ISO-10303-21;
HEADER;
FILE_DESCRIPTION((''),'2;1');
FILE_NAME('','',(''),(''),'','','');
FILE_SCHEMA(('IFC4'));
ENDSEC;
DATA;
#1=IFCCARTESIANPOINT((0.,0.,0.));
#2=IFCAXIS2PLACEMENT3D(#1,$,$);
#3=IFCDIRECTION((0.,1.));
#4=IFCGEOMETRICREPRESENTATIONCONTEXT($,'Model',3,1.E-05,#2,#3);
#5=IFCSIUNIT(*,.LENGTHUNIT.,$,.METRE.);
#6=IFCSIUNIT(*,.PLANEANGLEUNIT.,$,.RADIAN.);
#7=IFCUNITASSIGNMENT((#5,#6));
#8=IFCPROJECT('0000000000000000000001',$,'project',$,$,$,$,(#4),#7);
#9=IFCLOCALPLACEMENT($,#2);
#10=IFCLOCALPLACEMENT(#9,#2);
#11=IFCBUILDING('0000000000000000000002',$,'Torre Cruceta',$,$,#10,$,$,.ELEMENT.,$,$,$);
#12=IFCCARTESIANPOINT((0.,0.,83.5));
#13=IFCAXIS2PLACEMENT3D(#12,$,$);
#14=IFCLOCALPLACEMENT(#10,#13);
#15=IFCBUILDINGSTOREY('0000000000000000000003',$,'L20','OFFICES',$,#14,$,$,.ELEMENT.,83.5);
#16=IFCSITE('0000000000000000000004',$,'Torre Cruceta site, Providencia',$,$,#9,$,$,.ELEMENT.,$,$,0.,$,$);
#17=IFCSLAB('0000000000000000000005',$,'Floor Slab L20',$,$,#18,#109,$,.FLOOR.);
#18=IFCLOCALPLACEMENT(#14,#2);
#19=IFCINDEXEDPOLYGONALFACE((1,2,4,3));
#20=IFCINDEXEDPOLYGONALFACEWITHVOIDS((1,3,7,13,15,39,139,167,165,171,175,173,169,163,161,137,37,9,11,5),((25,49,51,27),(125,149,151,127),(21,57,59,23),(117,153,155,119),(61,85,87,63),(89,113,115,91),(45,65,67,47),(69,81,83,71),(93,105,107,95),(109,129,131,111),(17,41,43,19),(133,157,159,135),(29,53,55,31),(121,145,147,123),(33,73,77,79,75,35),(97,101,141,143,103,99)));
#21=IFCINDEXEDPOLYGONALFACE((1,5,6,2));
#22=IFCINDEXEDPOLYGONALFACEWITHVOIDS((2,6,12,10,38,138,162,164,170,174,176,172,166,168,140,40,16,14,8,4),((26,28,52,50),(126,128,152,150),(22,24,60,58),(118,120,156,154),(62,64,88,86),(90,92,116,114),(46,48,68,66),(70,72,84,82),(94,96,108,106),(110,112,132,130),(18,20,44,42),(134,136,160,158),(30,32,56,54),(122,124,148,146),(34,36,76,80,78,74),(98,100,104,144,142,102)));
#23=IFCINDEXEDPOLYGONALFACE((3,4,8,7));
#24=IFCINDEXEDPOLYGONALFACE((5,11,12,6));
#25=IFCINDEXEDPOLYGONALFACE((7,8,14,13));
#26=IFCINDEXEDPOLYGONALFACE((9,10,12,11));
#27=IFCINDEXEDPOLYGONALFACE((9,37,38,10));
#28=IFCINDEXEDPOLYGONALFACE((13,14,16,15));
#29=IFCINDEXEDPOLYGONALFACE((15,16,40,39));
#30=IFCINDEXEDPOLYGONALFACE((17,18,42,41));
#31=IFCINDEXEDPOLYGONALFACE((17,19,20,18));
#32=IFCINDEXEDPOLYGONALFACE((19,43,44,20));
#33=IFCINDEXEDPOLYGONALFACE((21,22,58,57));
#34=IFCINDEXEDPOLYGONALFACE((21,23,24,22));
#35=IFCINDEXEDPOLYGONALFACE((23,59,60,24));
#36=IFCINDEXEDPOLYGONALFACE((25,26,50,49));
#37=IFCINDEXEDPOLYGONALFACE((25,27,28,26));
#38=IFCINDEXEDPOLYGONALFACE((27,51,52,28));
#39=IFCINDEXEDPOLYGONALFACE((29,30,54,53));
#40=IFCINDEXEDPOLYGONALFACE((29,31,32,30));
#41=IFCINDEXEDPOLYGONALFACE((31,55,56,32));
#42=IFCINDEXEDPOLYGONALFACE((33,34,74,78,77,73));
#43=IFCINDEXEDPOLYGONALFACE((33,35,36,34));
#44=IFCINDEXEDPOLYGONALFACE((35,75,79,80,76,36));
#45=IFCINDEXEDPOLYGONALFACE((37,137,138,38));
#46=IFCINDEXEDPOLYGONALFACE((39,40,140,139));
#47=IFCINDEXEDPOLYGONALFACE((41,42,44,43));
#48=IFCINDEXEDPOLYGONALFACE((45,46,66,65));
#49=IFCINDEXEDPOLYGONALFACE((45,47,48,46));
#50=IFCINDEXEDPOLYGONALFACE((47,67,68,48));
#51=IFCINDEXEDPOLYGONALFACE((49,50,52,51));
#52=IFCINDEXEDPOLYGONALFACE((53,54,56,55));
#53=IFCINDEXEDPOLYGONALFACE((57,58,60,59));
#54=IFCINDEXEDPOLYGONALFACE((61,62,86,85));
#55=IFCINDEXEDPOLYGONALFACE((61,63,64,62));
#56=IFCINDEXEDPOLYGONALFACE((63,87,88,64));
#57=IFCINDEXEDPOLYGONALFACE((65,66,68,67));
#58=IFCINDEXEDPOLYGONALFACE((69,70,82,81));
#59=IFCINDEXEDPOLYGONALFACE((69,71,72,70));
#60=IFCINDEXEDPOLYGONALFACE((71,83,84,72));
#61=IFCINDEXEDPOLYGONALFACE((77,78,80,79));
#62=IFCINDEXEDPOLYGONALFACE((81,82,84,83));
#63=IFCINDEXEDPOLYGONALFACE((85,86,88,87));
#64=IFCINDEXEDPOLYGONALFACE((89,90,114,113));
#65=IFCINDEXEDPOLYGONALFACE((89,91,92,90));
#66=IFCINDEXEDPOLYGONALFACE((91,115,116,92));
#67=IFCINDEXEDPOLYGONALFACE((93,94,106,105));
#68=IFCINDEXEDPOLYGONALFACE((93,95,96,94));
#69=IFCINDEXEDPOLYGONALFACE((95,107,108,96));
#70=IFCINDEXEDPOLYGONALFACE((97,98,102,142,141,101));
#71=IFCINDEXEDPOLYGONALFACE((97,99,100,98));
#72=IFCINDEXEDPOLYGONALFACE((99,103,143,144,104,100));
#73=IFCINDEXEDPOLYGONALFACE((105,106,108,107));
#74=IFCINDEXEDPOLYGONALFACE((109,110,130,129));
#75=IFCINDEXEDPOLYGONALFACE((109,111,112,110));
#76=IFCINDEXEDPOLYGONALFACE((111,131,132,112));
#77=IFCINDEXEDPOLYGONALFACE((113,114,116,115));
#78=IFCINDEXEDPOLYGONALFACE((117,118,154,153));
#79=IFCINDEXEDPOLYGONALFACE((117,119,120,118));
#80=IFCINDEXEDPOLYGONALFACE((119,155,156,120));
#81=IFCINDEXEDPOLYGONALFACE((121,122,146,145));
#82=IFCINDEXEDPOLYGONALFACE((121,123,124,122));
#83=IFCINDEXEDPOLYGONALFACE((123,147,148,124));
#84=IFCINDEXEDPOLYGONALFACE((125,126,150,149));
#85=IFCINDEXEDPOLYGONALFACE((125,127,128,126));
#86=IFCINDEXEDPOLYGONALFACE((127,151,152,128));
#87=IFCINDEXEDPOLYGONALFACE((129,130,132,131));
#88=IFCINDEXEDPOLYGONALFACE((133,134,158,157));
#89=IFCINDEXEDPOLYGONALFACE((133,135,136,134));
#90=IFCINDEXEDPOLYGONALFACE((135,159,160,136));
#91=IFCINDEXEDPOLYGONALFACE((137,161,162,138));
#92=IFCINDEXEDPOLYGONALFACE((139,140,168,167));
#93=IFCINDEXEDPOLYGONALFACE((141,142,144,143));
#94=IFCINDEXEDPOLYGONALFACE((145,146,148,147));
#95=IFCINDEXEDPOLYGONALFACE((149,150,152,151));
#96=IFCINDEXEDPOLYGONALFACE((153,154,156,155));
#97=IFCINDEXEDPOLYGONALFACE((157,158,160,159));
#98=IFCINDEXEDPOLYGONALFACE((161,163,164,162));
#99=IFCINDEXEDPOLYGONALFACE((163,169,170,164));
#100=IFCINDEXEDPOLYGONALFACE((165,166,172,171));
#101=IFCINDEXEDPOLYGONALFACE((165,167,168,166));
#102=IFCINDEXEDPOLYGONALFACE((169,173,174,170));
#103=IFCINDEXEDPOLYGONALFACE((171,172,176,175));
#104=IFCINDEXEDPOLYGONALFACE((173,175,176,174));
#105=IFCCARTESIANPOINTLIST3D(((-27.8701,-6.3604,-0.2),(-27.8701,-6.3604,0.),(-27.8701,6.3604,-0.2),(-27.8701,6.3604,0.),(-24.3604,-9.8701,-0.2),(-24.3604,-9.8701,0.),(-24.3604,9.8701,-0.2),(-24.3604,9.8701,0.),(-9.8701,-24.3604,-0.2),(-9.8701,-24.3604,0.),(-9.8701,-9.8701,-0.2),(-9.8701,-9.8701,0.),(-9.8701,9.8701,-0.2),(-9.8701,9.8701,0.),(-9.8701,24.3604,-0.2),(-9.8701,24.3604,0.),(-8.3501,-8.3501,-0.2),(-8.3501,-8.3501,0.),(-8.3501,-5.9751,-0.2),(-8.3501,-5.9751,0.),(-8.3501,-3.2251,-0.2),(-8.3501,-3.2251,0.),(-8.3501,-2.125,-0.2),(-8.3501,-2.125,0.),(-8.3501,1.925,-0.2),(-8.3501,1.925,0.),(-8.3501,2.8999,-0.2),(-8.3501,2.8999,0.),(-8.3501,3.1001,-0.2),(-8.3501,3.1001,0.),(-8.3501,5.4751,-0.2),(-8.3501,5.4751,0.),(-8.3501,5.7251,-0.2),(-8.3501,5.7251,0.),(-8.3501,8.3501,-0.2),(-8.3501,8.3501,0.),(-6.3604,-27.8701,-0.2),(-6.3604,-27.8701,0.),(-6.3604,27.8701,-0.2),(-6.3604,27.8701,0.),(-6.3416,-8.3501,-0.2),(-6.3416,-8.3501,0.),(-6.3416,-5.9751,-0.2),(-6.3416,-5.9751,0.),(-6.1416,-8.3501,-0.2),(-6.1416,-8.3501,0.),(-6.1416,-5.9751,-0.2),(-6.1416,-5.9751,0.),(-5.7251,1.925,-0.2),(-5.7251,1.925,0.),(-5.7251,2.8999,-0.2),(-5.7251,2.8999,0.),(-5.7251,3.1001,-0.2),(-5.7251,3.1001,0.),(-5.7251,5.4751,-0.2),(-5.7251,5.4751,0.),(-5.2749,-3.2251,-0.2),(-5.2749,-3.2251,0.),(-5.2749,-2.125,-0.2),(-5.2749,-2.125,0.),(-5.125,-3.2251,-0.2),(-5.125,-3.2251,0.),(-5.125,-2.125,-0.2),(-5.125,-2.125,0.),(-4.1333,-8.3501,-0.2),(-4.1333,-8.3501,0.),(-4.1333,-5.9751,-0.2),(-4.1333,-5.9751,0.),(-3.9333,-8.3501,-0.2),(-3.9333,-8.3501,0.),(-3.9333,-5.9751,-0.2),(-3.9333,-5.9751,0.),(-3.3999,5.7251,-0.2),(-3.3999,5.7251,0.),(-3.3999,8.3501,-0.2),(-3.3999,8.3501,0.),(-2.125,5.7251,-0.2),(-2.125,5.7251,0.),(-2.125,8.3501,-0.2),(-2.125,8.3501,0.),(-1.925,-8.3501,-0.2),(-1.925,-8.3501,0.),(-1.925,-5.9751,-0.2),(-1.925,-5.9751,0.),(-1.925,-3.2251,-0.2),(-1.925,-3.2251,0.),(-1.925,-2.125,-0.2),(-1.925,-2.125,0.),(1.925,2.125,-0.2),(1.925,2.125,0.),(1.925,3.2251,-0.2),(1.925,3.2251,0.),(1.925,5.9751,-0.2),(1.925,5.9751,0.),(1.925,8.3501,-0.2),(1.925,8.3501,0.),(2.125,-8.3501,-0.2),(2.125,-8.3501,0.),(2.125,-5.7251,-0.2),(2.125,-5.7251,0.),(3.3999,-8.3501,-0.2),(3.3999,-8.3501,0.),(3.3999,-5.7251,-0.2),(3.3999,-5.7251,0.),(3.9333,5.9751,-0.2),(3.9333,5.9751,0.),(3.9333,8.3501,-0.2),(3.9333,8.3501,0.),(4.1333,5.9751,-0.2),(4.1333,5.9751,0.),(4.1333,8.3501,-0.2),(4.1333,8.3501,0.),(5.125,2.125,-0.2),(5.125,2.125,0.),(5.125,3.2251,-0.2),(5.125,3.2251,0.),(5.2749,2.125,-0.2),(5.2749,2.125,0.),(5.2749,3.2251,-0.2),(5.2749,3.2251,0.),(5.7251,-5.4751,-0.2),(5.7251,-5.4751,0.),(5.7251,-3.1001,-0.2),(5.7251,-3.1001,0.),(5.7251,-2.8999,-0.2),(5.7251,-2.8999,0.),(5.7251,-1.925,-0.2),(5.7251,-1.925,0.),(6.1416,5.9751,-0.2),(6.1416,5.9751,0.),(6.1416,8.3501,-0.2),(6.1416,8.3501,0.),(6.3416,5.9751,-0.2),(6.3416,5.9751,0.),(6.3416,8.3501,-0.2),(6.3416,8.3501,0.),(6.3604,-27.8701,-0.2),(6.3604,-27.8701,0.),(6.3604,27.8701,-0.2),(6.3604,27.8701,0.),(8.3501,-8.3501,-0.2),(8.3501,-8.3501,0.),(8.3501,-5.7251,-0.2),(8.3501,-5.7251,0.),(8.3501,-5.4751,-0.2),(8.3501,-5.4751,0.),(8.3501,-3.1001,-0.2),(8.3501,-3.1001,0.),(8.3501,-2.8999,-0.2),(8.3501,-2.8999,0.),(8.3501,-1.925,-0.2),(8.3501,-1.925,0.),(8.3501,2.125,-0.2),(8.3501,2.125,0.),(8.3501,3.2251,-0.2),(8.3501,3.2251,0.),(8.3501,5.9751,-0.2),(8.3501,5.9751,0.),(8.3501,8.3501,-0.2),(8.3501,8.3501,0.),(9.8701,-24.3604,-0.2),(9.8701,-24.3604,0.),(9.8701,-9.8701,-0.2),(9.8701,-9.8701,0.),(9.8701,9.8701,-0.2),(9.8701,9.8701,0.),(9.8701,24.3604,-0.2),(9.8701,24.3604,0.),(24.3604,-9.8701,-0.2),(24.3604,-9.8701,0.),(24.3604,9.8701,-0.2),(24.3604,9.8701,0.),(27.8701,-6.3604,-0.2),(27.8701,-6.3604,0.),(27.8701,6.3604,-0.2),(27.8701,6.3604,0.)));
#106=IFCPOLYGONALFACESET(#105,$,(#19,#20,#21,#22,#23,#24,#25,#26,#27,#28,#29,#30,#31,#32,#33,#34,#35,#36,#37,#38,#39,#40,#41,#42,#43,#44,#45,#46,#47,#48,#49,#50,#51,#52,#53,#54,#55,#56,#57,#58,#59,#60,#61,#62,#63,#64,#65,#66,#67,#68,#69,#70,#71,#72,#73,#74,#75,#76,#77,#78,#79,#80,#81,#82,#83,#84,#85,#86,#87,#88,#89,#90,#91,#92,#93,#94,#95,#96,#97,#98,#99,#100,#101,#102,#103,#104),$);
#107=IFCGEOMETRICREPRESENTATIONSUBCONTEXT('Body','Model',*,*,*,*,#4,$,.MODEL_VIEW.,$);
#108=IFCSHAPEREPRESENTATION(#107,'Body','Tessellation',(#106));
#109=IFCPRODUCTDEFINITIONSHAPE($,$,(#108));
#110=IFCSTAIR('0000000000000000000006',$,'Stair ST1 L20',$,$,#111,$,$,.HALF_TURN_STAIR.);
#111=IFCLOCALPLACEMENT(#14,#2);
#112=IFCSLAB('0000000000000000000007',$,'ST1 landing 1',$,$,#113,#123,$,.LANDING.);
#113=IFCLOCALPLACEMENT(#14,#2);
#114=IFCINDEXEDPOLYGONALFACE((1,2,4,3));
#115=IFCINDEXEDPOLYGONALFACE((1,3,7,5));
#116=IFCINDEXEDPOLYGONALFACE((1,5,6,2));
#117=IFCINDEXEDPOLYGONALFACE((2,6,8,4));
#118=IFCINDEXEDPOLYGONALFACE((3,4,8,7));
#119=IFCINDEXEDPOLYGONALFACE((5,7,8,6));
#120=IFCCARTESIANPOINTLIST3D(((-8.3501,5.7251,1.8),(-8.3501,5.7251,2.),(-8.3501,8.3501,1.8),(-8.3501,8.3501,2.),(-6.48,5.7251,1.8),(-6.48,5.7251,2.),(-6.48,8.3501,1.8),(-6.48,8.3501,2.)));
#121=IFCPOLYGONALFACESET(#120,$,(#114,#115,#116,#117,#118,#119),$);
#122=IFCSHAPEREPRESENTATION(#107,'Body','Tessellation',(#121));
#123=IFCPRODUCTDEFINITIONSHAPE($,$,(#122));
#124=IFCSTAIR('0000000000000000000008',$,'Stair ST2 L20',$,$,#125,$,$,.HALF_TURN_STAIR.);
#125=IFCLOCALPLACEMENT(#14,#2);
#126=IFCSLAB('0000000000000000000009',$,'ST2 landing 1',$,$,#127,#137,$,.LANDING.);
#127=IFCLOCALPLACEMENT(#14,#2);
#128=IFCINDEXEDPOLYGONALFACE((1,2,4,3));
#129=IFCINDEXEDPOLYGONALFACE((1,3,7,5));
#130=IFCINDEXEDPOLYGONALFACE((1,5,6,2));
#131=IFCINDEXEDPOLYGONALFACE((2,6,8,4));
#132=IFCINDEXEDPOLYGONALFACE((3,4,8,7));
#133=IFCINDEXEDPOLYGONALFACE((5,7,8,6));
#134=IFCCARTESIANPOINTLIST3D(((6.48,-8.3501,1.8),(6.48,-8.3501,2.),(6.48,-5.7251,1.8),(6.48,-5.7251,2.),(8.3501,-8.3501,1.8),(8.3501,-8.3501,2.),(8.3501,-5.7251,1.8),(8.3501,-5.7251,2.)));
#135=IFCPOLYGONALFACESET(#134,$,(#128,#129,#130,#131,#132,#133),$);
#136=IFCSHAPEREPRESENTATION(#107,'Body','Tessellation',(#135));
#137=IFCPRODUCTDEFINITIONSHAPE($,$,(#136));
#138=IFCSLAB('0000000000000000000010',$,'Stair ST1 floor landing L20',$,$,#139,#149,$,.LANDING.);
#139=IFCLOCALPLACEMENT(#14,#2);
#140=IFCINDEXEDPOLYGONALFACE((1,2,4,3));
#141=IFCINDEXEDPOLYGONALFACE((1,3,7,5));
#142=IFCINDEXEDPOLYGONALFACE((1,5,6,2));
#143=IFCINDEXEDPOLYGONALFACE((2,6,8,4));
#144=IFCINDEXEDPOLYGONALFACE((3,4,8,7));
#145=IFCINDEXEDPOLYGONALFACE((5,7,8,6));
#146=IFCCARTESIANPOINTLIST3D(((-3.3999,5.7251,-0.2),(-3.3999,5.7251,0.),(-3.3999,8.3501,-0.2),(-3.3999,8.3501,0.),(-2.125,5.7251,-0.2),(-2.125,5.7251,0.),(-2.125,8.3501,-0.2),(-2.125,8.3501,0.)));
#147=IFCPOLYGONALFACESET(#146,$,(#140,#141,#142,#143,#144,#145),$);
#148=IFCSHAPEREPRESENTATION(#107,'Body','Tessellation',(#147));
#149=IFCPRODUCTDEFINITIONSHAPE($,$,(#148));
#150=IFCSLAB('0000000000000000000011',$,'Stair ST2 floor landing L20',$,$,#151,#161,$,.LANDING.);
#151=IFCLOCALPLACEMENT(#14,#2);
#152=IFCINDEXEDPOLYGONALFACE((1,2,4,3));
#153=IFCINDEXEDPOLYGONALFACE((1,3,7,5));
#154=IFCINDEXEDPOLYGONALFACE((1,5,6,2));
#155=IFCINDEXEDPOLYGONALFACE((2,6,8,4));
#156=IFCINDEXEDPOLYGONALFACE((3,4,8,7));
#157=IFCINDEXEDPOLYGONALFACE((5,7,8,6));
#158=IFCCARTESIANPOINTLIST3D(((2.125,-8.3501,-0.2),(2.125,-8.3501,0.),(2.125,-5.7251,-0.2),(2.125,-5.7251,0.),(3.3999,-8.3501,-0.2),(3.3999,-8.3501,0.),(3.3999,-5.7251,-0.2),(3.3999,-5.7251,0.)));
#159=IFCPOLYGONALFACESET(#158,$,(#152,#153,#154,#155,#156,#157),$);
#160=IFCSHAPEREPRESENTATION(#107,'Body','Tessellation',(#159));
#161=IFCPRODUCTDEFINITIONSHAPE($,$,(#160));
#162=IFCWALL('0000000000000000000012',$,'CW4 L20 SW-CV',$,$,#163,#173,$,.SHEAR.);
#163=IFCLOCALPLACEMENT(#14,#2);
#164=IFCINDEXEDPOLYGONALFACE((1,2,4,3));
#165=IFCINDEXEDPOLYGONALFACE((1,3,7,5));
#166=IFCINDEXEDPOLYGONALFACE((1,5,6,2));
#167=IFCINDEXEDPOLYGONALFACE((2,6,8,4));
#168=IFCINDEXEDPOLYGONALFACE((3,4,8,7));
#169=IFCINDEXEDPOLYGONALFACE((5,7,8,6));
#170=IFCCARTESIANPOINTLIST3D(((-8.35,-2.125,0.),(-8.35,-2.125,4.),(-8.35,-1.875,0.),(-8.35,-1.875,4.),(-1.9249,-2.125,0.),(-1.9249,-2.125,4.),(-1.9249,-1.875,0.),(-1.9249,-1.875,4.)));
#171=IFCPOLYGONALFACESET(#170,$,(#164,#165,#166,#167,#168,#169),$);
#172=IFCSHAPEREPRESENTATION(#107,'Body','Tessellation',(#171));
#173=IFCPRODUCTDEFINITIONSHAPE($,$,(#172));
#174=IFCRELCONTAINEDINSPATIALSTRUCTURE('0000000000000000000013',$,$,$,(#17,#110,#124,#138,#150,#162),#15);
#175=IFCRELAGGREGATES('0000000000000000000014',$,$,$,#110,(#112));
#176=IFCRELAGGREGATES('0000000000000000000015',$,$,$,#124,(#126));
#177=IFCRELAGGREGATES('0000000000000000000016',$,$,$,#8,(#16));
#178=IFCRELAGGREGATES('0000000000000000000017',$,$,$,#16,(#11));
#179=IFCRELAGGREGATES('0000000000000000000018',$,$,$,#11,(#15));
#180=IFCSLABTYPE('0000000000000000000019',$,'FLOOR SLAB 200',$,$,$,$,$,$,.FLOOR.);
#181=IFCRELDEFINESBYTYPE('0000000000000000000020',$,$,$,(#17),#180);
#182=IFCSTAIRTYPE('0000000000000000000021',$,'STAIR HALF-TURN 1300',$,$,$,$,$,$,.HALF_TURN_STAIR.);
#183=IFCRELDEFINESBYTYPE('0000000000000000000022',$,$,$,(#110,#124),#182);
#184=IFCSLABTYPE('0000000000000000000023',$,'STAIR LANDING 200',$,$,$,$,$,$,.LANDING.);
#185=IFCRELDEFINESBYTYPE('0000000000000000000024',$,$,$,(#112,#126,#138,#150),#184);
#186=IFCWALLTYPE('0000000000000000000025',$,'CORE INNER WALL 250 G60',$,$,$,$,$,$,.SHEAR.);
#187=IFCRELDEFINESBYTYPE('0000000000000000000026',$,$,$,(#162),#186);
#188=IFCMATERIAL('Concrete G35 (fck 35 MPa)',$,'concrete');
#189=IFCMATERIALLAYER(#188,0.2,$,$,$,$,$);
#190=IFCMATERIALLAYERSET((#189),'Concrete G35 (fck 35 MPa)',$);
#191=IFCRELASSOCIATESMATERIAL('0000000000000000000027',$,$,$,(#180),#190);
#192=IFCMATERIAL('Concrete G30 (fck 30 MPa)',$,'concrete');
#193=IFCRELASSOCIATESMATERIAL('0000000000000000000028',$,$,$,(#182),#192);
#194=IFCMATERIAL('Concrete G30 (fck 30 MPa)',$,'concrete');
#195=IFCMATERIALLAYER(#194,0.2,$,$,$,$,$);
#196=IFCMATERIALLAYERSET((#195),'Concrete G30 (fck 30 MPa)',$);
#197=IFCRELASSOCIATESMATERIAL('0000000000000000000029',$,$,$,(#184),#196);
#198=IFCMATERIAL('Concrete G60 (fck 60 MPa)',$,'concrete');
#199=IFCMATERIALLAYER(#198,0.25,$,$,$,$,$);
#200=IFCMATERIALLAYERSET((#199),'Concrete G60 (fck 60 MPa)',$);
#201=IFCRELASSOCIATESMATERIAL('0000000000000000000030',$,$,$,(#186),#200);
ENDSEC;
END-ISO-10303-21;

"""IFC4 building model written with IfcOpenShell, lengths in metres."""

from ifc_helpers import new_model, si_unit, direction, frame, frame_2d, origin, place, context, subcontext, project, spatial, polyline, rectangle, outline, extrude, material, layer, layer_set, type_object, element, aggregate, save


model = new_model("IFC4")

# Units and contexts
model_context = context("Model", 3, precision=1e-05, world=origin(), true_north=direction((0.0, 1.0)))
body_context = subcontext(model_context, "Body", "Model", "MODEL_VIEW")
ifc_project = project(units=[si_unit("LENGTHUNIT", "METRE"), si_unit("PLANEANGLEUNIT", "RADIAN")], contexts=[model_context])

# Site, building, storey
site_placement = place(None, origin())
site = spatial("IfcSite", under=ifc_project, at=site_placement, Name="Torre Cruceta site, Providencia", CompositionType="ELEMENT", RefElevation=0.0)
building_placement = place(site_placement, origin())
building = spatial("IfcBuilding", under=site, at=building_placement, Name="Torre Cruceta", CompositionType="ELEMENT")
storey_placement = place(building_placement, frame((0.0, 0.0, 83.5)))
storey = spatial("IfcBuildingStorey", under=building, at=storey_placement, Name="L20", Description="OFFICES", CompositionType="ELEMENT", Elevation=83.5)

# Slab
ifc_material_1 = material(Name="Concrete G35 (fck 35 MPa)", Category="concrete")
ifc_layer_1 = layer(ifc_material_1, 0.2)
ifc_layer_set_1 = layer_set([ifc_layer_1], Name="Concrete G35 (fck 35 MPa)")
slab_type_1 = type_object("IfcSlabType", Name="FLOOR SLAB 200", PredefinedType="FLOOR", material=ifc_layer_set_1)
slab_1_placement = place(storey_placement, frame((0.0, 0.0, -0.2)))
element("IfcSlab", 1, at=slab_1_placement, inside=storey, type_object=slab_type_1, Name="Floor Slab L20", PredefinedType="FLOOR", context=body_context, shape_type="SweptSolid", body=[
    extrude(outline(polyline([(9.8701, -9.8701), (9.8701, -24.3604), (6.3604, -27.8701), (-6.3604, -27.8701), (-9.8701, -24.3604), (-9.8701, -9.8701), (-24.3604, -9.8701), (-27.8701, -6.3604), (-27.8701, 6.3604), (-24.3604, 9.8701), (-9.8701, 9.8701), (-9.8701, 24.3604), (-6.3604, 27.8701), (6.3604, 27.8701), (9.8701, 24.3604), (9.8701, 9.8701), (24.3604, 9.8701), (27.8701, 6.3604), (27.8701, -6.3604), (24.3604, -9.8701), (9.8701, -9.8701)]), holes=[polyline([(1.925, 5.9751), (3.9333, 5.9751), (3.9333, 8.3501), (1.925, 8.3501), (1.925, 5.9751)]), polyline([(4.1333, 5.9751), (6.1416, 5.9751), (6.1416, 8.3501), (4.1333, 8.3501), (4.1333, 5.9751)]), polyline([(6.3416, 5.9751), (8.3501, 5.9751), (8.3501, 8.3501), (6.3416, 8.3501), (6.3416, 5.9751)]), polyline([(1.925, 2.125), (5.125, 2.125), (5.125, 3.2251), (1.925, 3.2251), (1.925, 2.125)]), polyline([(5.2749, 2.125), (8.3501, 2.125), (8.3501, 3.2251), (5.2749, 3.2251), (5.2749, 2.125)]), polyline([(-8.3501, 3.1001), (-5.7251, 3.1001), (-5.7251, 5.4751), (-8.3501, 5.4751), (-8.3501, 3.1001)]), polyline([(-8.3501, 1.925), (-5.7251, 1.925), (-5.7251, 2.8999), (-8.3501, 2.8999), (-8.3501, 1.925)]), polyline([(-3.9333, -8.3501), (-1.925, -8.3501), (-1.925, -5.9751), (-3.9333, -5.9751), (-3.9333, -8.3501)]), polyline([(-6.1416, -8.3501), (-4.1333, -8.3501), (-4.1333, -5.9751), (-6.1416, -5.9751), (-6.1416, -8.3501)]), polyline([(-8.3501, -8.3501), (-6.3416, -8.3501), (-6.3416, -5.9751), (-8.3501, -5.9751), (-8.3501, -8.3501)]), polyline([(-5.125, -3.2251), (-1.925, -3.2251), (-1.925, -2.125), (-5.125, -2.125), (-5.125, -3.2251)]), polyline([(-8.3501, -3.2251), (-5.2749, -3.2251), (-5.2749, -2.125), (-8.3501, -2.125), (-8.3501, -3.2251)]), polyline([(5.7251, -5.4751), (8.3501, -5.4751), (8.3501, -3.1001), (5.7251, -3.1001), (5.7251, -5.4751)]), polyline([(5.7251, -2.8999), (8.3501, -2.8999), (8.3501, -1.925), (5.7251, -1.925), (5.7251, -2.8999)]), polyline([(-8.3501, 5.7251), (-8.3501, 8.3501), (-3.3999, 8.3501), (-2.125, 8.3501), (-2.125, 5.7251), (-3.3999, 5.7251), (-8.3501, 5.7251)]), polyline([(2.125, -5.7251), (3.3999, -5.7251), (8.3501, -5.7251), (8.3501, -8.3501), (3.3999, -8.3501), (2.125, -8.3501), (2.125, -5.7251)])]), origin(), (0.0, 0.0, 1.0), 0.2),
])

# Stairs, slabs
ifc_material_2 = material(Name="Concrete G30 (fck 30 MPa)", Category="concrete")
stair_type = type_object("IfcStairType", Name="STAIR HALF-TURN 1300", PredefinedType="HALF_TURN_STAIR", material=ifc_material_2)
stair_1_placement = place(storey_placement, origin())
stair_1 = element("IfcStair", 2, at=stair_1_placement, inside=storey, type_object=stair_type, Name="Stair ST1 L20", PredefinedType="HALF_TURN_STAIR")
ifc_material_3 = material(Name="Concrete G30 (fck 30 MPa)", Category="concrete")
ifc_layer_2 = layer(ifc_material_3, 0.2)
ifc_layer_set_2 = layer_set([ifc_layer_2], Name="Concrete G30 (fck 30 MPa)")
slab_type_2 = type_object("IfcSlabType", Name="STAIR LANDING 200", PredefinedType="LANDING", material=ifc_layer_set_2)
slab_2_placement = place(storey_placement, frame((0.0, 0.0, 1.8)))
slab_2 = element("IfcSlab", 3, at=slab_2_placement, type_object=slab_type_2, Name="ST1 landing 1", PredefinedType="LANDING", context=body_context, shape_type="SweptSolid", body=[
    extrude(outline(polyline([(-8.3501, 5.7251), (-6.48, 5.7251), (-6.48, 8.3501), (-8.3501, 8.3501), (-8.3501, 5.7251)])), origin(), (0.0, 0.0, 1.0), 0.2),
])
aggregate(stair_1, [slab_2])
stair_2_placement = place(storey_placement, origin())
stair_2 = element("IfcStair", 4, at=stair_2_placement, inside=storey, type_object=stair_type, Name="Stair ST2 L20", PredefinedType="HALF_TURN_STAIR")
slab_3_placement = place(storey_placement, frame((0.0, 0.0, 1.8)))
slab_3 = element("IfcSlab", 5, at=slab_3_placement, type_object=slab_type_2, Name="ST2 landing 1", PredefinedType="LANDING", context=body_context, shape_type="SweptSolid", body=[
    extrude(outline(polyline([(6.48, -8.3501), (8.3501, -8.3501), (8.3501, -5.7251), (6.48, -5.7251), (6.48, -8.3501)])), origin(), (0.0, 0.0, 1.0), 0.2),
])
aggregate(stair_2, [slab_3])

# Slabs
slab_4_placement = place(storey_placement, frame((0.0, 0.0, -0.2)))
element("IfcSlab", 6, at=slab_4_placement, inside=storey, type_object=slab_type_2, Name="Stair ST1 floor landing L20", PredefinedType="LANDING", context=body_context, shape_type="SweptSolid", body=[
    extrude(outline(polyline([(-2.125, 8.3501), (-2.125, 5.7251), (-3.3999, 5.7251), (-3.3999, 8.3501), (-2.125, 8.3501)])), origin(), (0.0, 0.0, 1.0), 0.2),
])
slab_5_placement = place(storey_placement, frame((0.0, 0.0, -0.2)))
element("IfcSlab", 7, at=slab_5_placement, inside=storey, type_object=slab_type_2, Name="Stair ST2 floor landing L20", PredefinedType="LANDING", context=body_context, shape_type="SweptSolid", body=[
    extrude(outline(polyline([(2.125, -8.3501), (2.125, -5.7251), (3.3999, -5.7251), (3.3999, -8.3501), (2.125, -8.3501)])), origin(), (0.0, 0.0, 1.0), 0.2),
])

# Shared definitions
ifc_material_4 = material(Name="Concrete G60 (fck 60 MPa)", Category="concrete")
ifc_layer_3 = layer(ifc_material_4, 0.25)
ifc_layer_set_3 = layer_set([ifc_layer_3], Name="Concrete G60 (fck 60 MPa)")
wall_type_1 = type_object("IfcWallType", Name="CORE INNER WALL 250 G60", PredefinedType="SHEAR", material=ifc_layer_set_3)

# Wall
wall_1_placement = place(storey_placement, frame((-1.925, -2.0, 0.0), z_axis=(0.0, 0.0, 1.0), x_axis=(-1.0, 0.0, 0.0)))
element("IfcWall", 8, at=wall_1_placement, inside=storey, type_object=wall_type_1, Name="CW4 L20 SW-CV", PredefinedType="SHEAR", context=body_context, shape_type="SweptSolid", body=[
    extrude(rectangle(XDim=6.425, YDim=0.25, at=frame_2d((3.2124, 0.0))), origin(), (0.0, 0.0, 1.0), 4.0),
])

save(model, "model.ifc")
